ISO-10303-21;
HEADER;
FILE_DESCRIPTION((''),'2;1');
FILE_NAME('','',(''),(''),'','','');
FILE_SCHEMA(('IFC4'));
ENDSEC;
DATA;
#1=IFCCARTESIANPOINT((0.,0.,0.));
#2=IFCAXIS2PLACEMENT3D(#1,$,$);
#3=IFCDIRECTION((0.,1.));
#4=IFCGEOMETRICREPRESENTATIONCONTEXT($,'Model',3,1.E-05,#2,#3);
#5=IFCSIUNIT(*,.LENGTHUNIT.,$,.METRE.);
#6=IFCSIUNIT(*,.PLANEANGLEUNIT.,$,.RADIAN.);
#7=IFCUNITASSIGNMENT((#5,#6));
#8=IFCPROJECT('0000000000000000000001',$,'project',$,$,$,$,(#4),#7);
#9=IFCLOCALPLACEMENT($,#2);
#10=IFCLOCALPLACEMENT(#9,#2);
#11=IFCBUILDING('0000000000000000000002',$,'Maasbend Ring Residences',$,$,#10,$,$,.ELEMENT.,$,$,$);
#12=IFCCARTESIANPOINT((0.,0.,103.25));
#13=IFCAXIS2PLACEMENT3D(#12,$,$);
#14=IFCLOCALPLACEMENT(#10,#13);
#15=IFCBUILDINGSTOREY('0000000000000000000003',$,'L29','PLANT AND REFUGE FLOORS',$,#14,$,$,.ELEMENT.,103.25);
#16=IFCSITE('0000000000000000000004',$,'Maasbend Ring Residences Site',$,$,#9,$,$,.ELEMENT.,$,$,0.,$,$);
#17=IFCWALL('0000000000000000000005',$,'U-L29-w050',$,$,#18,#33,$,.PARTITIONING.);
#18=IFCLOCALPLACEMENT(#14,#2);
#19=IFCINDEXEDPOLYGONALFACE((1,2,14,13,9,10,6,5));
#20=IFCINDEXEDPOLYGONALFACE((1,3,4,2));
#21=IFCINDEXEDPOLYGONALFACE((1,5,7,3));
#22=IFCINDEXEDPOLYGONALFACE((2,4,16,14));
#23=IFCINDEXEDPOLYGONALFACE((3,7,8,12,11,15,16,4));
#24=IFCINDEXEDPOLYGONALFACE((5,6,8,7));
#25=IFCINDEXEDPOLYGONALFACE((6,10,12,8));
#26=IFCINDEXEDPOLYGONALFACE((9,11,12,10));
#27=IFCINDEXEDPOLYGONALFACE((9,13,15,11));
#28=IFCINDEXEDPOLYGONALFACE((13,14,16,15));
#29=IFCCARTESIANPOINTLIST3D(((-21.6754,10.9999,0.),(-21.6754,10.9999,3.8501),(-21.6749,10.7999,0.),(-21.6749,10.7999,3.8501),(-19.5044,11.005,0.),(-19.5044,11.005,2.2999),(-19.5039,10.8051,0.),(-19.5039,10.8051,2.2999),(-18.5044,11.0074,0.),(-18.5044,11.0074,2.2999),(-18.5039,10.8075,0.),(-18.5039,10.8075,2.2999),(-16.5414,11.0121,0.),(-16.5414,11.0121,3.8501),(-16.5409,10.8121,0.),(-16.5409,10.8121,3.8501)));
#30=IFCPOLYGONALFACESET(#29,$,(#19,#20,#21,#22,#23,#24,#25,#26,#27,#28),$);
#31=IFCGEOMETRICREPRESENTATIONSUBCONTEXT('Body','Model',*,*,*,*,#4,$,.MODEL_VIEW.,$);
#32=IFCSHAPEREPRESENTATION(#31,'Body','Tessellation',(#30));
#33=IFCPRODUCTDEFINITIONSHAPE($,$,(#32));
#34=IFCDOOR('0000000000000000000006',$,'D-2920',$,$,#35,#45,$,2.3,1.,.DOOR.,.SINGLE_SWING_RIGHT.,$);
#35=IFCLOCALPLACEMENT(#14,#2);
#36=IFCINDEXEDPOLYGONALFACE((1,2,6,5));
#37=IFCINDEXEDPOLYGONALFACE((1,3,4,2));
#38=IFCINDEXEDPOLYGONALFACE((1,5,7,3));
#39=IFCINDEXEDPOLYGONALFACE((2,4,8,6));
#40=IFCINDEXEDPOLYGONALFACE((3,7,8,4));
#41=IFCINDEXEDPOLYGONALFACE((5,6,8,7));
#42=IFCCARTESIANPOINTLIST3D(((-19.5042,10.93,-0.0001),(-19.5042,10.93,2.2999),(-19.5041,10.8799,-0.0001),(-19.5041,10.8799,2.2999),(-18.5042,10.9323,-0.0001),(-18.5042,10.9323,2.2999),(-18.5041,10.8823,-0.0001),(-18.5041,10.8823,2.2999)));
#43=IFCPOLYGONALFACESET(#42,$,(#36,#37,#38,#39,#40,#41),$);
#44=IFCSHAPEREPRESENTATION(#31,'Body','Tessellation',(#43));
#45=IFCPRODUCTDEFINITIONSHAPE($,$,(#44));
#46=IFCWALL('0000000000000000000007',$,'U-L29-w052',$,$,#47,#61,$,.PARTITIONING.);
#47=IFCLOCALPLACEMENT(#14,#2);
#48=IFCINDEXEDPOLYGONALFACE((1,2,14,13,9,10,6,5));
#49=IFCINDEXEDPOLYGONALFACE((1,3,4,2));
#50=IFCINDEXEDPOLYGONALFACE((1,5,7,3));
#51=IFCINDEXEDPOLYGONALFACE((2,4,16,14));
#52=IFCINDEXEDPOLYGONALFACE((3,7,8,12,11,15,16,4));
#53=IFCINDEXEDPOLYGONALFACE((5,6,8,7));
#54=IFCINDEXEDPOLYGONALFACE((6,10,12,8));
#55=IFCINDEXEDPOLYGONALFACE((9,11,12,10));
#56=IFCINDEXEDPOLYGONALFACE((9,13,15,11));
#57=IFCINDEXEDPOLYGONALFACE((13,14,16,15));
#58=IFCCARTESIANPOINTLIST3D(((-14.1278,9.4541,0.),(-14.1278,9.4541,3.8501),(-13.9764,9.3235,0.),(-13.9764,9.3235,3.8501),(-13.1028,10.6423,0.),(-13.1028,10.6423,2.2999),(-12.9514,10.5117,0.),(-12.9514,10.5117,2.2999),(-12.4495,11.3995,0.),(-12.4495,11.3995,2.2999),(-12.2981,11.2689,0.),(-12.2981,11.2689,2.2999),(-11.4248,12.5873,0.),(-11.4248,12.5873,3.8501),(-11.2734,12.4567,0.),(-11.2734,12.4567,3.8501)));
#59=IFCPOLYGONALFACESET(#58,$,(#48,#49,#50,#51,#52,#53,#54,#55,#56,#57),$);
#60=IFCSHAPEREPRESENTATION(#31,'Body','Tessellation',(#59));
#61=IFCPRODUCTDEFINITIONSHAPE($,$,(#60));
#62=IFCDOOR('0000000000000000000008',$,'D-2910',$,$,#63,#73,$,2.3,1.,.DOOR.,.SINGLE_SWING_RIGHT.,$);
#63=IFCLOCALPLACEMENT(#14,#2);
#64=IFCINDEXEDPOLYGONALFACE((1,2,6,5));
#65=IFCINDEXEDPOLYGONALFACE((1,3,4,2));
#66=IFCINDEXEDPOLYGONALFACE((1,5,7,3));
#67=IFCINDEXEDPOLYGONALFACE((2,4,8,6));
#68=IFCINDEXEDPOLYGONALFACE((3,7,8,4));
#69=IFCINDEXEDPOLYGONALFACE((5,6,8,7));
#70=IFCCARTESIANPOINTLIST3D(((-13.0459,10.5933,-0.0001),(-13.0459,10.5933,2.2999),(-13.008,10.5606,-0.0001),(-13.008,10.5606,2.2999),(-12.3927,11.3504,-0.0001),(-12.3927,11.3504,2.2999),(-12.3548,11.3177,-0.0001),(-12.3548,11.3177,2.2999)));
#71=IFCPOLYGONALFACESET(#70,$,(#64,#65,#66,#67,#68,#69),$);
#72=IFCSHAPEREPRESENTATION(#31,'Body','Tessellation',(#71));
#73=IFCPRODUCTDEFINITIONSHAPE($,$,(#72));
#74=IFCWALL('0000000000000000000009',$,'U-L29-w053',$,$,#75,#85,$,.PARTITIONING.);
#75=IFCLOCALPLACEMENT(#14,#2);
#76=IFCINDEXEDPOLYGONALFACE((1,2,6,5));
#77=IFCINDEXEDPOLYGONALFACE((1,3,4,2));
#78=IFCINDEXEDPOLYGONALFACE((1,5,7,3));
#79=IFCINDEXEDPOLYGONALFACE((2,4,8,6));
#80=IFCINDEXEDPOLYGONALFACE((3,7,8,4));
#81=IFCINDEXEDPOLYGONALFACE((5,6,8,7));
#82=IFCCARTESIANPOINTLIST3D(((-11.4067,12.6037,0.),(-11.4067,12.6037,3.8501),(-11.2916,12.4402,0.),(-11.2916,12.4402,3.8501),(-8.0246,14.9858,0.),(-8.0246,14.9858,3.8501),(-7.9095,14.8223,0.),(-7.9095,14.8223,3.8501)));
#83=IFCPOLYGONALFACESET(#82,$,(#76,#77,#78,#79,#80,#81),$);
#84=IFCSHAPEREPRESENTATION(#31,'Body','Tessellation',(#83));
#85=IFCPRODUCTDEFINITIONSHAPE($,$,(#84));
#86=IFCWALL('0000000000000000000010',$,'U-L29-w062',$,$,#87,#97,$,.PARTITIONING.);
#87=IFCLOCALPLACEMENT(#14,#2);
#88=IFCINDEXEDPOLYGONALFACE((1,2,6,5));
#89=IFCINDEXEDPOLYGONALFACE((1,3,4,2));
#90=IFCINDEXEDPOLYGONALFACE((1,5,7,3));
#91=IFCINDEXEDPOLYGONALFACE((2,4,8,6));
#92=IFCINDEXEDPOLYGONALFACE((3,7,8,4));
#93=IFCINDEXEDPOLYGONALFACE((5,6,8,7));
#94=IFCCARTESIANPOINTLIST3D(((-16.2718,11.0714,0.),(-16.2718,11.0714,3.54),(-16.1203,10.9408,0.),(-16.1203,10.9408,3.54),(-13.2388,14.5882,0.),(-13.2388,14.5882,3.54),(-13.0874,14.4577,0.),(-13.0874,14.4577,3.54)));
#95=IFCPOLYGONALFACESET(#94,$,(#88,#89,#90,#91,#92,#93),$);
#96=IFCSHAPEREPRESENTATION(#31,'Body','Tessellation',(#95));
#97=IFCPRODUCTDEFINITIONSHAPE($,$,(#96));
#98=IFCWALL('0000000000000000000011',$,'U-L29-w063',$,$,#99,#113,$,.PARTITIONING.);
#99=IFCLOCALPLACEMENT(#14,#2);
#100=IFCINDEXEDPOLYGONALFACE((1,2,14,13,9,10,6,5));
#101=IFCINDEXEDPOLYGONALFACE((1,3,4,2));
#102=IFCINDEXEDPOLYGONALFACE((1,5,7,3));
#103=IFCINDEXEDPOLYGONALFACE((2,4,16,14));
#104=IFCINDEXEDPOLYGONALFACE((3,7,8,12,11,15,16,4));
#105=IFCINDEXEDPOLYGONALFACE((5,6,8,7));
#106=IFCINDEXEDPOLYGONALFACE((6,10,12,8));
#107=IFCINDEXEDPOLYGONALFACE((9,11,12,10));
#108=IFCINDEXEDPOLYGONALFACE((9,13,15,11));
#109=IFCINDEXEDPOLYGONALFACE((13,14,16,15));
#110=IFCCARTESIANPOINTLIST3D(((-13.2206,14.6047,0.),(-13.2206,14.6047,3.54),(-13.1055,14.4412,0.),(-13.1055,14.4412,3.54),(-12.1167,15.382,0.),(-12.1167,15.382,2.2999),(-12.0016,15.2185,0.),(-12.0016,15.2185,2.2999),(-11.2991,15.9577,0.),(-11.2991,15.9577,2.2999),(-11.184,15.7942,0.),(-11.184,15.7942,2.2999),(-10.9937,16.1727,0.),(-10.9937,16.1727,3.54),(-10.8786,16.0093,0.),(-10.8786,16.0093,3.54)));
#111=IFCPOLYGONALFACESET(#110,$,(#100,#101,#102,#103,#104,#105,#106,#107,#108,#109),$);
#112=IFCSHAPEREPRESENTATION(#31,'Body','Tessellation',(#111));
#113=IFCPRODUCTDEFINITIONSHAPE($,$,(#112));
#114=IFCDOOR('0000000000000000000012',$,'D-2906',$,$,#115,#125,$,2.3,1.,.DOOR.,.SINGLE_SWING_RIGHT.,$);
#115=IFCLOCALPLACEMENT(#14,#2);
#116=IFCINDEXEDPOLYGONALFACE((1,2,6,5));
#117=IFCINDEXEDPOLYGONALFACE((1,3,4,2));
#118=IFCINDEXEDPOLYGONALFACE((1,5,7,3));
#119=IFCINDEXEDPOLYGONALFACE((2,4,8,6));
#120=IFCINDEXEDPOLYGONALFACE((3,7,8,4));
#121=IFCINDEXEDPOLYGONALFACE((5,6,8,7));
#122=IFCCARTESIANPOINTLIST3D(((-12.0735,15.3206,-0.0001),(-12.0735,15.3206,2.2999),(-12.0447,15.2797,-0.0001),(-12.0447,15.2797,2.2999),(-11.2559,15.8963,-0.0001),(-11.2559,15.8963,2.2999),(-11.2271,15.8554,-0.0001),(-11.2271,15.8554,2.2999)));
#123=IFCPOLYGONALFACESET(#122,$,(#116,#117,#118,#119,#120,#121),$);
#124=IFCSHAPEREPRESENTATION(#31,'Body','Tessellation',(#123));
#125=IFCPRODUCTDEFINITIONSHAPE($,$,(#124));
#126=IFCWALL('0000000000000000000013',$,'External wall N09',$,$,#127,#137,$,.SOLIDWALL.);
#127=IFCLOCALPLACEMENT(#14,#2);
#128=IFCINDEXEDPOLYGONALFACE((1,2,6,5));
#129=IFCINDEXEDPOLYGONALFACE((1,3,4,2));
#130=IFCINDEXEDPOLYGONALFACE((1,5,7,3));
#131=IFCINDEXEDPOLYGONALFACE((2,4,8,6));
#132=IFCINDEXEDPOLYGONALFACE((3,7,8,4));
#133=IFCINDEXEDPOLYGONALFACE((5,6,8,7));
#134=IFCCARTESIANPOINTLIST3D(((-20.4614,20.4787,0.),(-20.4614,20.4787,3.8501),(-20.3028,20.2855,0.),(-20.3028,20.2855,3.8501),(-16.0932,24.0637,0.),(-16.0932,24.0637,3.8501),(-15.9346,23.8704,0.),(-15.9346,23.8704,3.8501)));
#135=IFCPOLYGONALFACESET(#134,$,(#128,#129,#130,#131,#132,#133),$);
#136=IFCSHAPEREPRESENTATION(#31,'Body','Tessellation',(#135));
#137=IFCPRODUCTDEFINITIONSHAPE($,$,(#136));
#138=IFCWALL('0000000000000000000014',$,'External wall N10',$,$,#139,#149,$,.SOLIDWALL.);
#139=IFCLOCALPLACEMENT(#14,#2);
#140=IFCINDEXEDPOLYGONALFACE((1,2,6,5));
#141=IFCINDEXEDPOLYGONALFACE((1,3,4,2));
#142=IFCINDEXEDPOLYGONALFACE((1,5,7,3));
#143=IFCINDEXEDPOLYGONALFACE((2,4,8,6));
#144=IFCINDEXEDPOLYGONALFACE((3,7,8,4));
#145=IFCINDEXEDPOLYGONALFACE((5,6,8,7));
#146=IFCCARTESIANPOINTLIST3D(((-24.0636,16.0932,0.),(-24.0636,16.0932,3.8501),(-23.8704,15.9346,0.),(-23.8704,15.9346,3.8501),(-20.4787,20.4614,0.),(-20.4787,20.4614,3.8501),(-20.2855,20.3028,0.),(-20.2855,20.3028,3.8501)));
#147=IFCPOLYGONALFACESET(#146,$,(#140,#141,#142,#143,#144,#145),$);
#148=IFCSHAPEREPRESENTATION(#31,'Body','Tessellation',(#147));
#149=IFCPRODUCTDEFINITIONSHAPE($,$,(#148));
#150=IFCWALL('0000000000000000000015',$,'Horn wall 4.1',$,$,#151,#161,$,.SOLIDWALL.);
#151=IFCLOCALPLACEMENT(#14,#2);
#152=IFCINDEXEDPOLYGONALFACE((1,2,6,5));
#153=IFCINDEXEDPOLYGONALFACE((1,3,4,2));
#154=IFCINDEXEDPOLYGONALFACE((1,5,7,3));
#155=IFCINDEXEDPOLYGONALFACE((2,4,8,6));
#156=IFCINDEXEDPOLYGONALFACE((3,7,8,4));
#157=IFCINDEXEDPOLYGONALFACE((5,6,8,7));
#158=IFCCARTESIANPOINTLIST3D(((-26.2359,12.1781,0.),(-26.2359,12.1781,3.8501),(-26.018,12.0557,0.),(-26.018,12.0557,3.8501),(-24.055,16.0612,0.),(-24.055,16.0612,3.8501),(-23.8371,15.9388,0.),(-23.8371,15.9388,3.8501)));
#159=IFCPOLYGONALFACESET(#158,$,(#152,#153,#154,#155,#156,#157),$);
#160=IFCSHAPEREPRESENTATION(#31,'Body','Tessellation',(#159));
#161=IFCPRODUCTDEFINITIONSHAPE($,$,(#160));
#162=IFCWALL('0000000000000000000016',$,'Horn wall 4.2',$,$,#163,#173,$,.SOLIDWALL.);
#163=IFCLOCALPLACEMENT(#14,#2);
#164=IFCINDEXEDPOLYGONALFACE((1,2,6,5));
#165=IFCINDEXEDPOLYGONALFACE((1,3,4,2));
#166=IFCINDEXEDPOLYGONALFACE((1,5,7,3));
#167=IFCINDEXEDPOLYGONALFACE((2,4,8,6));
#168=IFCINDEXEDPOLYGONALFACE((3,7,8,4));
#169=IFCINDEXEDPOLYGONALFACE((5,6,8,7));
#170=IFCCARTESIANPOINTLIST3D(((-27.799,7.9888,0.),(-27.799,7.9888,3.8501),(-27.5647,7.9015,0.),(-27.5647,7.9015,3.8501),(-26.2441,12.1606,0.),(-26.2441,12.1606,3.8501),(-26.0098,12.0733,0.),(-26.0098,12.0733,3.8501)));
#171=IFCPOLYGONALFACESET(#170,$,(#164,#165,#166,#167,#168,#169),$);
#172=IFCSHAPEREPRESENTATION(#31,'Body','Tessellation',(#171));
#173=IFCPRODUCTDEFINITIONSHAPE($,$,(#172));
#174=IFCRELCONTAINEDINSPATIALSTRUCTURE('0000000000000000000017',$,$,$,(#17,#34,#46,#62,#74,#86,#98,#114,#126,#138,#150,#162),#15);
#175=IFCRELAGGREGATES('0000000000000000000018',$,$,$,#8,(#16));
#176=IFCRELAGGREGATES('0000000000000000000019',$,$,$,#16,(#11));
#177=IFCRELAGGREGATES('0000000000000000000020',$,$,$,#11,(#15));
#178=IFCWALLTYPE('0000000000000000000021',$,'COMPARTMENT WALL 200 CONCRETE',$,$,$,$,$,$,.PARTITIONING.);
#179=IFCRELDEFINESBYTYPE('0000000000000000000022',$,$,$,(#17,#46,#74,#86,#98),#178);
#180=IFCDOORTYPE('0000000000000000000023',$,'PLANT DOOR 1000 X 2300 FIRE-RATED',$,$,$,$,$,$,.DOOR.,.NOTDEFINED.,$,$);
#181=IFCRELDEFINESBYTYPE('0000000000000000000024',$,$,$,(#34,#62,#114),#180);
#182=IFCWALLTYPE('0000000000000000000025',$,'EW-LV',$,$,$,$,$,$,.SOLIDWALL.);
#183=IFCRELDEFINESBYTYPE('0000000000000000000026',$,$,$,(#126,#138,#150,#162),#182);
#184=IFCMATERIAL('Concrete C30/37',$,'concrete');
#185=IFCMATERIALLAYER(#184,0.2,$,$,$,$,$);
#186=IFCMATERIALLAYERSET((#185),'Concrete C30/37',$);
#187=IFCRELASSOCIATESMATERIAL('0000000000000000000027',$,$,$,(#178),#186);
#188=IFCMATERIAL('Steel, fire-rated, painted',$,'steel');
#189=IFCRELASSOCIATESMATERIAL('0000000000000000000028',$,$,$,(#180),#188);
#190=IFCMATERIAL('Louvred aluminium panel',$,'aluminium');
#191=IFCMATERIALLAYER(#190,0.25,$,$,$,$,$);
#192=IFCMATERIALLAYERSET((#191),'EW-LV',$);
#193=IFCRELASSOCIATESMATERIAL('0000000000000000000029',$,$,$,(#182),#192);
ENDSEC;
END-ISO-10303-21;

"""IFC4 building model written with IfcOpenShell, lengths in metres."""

from ifc_helpers import new_model, si_unit, direction, frame, frame_2d, origin, place, context, subcontext, project, spatial, rectangle, extrude, material, layer, layer_set, type_object, element, fill, save


model = new_model("IFC4")

# Units and contexts
model_context = context("Model", 3, precision=1e-05, world=origin(), true_north=direction((0.0, 1.0)))
body_context = subcontext(model_context, "Body", "Model", "MODEL_VIEW")
ifc_project = project(units=[si_unit("LENGTHUNIT", "METRE"), si_unit("PLANEANGLEUNIT", "RADIAN")], contexts=[model_context])

# Site, building, storey
site_placement = place(None, origin())
site = spatial("IfcSite", under=ifc_project, at=site_placement, Name="Maasbend Ring Residences Site", CompositionType="ELEMENT", RefElevation=0.0)
building_placement = place(site_placement, origin())
building = spatial("IfcBuilding", under=site, at=building_placement, Name="Maasbend Ring Residences", CompositionType="ELEMENT")
storey_placement = place(building_placement, frame((0.0, 0.0, 103.25)))
storey = spatial("IfcBuildingStorey", under=building, at=storey_placement, Name="L29", Description="PLANT AND REFUGE FLOORS", CompositionType="ELEMENT", Elevation=103.25)

# Shared definitions
ifc_material_1 = material(Name="Concrete C30/37", Category="concrete")
ifc_layer_1 = layer(ifc_material_1, 0.2)
ifc_layer_set_1 = layer_set([ifc_layer_1], Name="Concrete C30/37")
wall_type_1 = type_object("IfcWallType", Name="COMPARTMENT WALL 200 CONCRETE", PredefinedType="PARTITIONING", material=ifc_layer_set_1)

# Walls, openings, doors
wall_1_placement = place(storey_placement, frame((-21.675, 10.8999, 0.0), z_axis=(0.0, 0.0, 1.0), x_axis=(0.999997, 0.002378, 0.0)))
wall_1 = element("IfcWall", 1, at=wall_1_placement, inside=storey, type_object=wall_type_1, Name="U-L29-w050", PredefinedType="PARTITIONING", context=body_context, shape_type="SweptSolid", body=[
    extrude(rectangle(XDim=5.134, YDim=0.2, at=frame_2d((2.5669, 0.0))), origin(), (0.0, 0.0, 1.0), 3.8501),
])
opening_1_placement = place(wall_1_placement, frame((2.1709, 0.0, 0.0)))
opening_1 = element("IfcOpeningElement", 2, at=opening_1_placement, cuts=wall_1, PredefinedType="OPENING", context=body_context, shape_type="SweptSolid", body=[
    extrude(rectangle(XDim=1.0, YDim=2.3, at=frame_2d((0.5, 1.1499))), frame((0.0, 0.1099, 0.0), z_axis=(0.0, -1.0, 0.0), x_axis=(1.0, 0.0, 0.0)), (0.0, 0.0, 1.0), 0.22),
])
ifc_material_2 = material(Name="Steel, fire-rated, painted", Category="steel")
door_type = type_object("IfcDoorType", Name="PLANT DOOR 1000 X 2300 FIRE-RATED", OperationType="NOTDEFINED", PredefinedType="DOOR", material=ifc_material_2)
door_1_placement = place(opening_1_placement, origin())
door_1 = element("IfcDoor", 3, at=door_1_placement, inside=storey, type_object=door_type, Name="D-2920", OperationType="SINGLE_SWING_RIGHT", OverallHeight=2.3, OverallWidth=1.0, PredefinedType="DOOR", context=body_context, shape_type="SweptSolid", body=[
    extrude(rectangle(XDim=1.0, YDim=2.3, at=frame_2d((0.5, 1.1499))), frame((0.0, 0.0249, 0.0), z_axis=(0.0, -1.0, 0.0), x_axis=(1.0, 0.0, 0.0)), (0.0, 0.0, 1.0), 0.05),
])
fill(opening_1, door_1)
wall_2_placement = place(storey_placement, frame((-14.052, 9.3889, 0.0), z_axis=(0.0, 0.0, 1.0), x_axis=(0.653213, 0.757174, 0.0)))
wall_2 = element("IfcWall", 4, at=wall_2_placement, inside=storey, type_object=wall_type_1, Name="U-L29-w052", PredefinedType="PARTITIONING", context=body_context, shape_type="SweptSolid", body=[
    extrude(rectangle(XDim=4.1379, YDim=0.2, at=frame_2d((2.0688, 0.0))), origin(), (0.0, 0.0, 1.0), 3.8501),
])
opening_2_placement = place(wall_2_placement, frame((1.5691, 0.0, 0.0)))
opening_2 = element("IfcOpeningElement", 5, at=opening_2_placement, cuts=wall_2, PredefinedType="OPENING", context=body_context, shape_type="SweptSolid", body=[
    extrude(rectangle(XDim=1.0, YDim=2.3, at=frame_2d((0.5, 1.1499))), frame((0.0, 0.1099, 0.0), z_axis=(0.0, -1.0, 0.0), x_axis=(1.0, 0.0, 0.0)), (0.0, 0.0, 1.0), 0.22),
])
door_2_placement = place(opening_2_placement, origin())
door_2 = element("IfcDoor", 6, at=door_2_placement, inside=storey, type_object=door_type, Name="D-2910", OperationType="SINGLE_SWING_RIGHT", OverallHeight=2.3, OverallWidth=1.0, PredefinedType="DOOR", context=body_context, shape_type="SweptSolid", body=[
    extrude(rectangle(XDim=1.0, YDim=2.3, at=frame_2d((0.5, 1.1499))), frame((0.0, 0.0249, 0.0), z_axis=(0.0, -1.0, 0.0), x_axis=(1.0, 0.0, 0.0)), (0.0, 0.0, 1.0), 0.05),
])
fill(opening_2, door_2)

# Walls
wall_3_placement = place(storey_placement, frame((-11.3491, 12.522, 0.0), z_axis=(0.0, 0.0, 1.0), x_axis=(0.817568, 0.575833, 0.0)))
element("IfcWall", 7, at=wall_3_placement, inside=storey, type_object=wall_type_1, Name="U-L29-w053", PredefinedType="PARTITIONING", context=body_context, shape_type="SweptSolid", body=[
    extrude(rectangle(XDim=4.1367, YDim=0.2, at=frame_2d((2.0684, 0.0))), origin(), (0.0, 0.0, 1.0), 3.8501),
])
wall_4_placement = place(storey_placement, frame((-16.196, 11.0061, 0.0), z_axis=(0.0, 0.0, 1.0), x_axis=(0.653087, 0.757283, 0.0)))
element("IfcWall", 8, at=wall_4_placement, inside=storey, type_object=wall_type_1, Name="U-L29-w062", PredefinedType="PARTITIONING", context=body_context, shape_type="SweptSolid", body=[
    extrude(rectangle(XDim=4.644, YDim=0.2, at=frame_2d((2.322, 0.0))), origin(), (0.0, 0.0, 1.0), 3.54),
])

# Wall, opening, door
wall_5_placement = place(storey_placement, frame((-13.1631, 14.5229, 0.0), z_axis=(0.0, 0.0, 1.0), x_axis=(0.817645, 0.575722, 0.0)))
wall_5 = element("IfcWall", 9, at=wall_5_placement, inside=storey, type_object=wall_type_1, Name="U-L29-w063", PredefinedType="PARTITIONING", context=body_context, shape_type="SweptSolid", body=[
    extrude(rectangle(XDim=2.7236, YDim=0.2, at=frame_2d((1.3618, 0.0))), origin(), (0.0, 0.0, 1.0), 3.54),
])
opening_3_placement = place(wall_5_placement, frame((1.3501, 0.0, 0.0)))
opening_3 = element("IfcOpeningElement", 10, at=opening_3_placement, cuts=wall_5, PredefinedType="OPENING", context=body_context, shape_type="SweptSolid", body=[
    extrude(rectangle(XDim=1.0, YDim=2.3, at=frame_2d((0.5, 1.1499))), frame((0.0, 0.1099, 0.0), z_axis=(0.0, -1.0, 0.0), x_axis=(1.0, 0.0, 0.0)), (0.0, 0.0, 1.0), 0.22),
])
door_3_placement = place(opening_3_placement, origin())
door_3 = element("IfcDoor", 11, at=door_3_placement, inside=storey, type_object=door_type, Name="D-2906", OperationType="SINGLE_SWING_RIGHT", OverallHeight=2.3, OverallWidth=1.0, PredefinedType="DOOR", context=body_context, shape_type="SweptSolid", body=[
    extrude(rectangle(XDim=1.0, YDim=2.3, at=frame_2d((0.5, 1.1499))), frame((0.0, 0.0249, 0.0), z_axis=(0.0, -1.0, 0.0), x_axis=(1.0, 0.0, 0.0)), (0.0, 0.0, 1.0), 0.05),
])
fill(opening_3, door_3)

# Walls
ifc_material_3 = material(Name="Louvred aluminium panel", Category="aluminium")
ifc_layer_2 = layer(ifc_material_3, 0.25)
ifc_layer_set_2 = layer_set([ifc_layer_2], Name="EW-LV")
wall_type_2 = type_object("IfcWallType", Name="EW-LV", PredefinedType="SOLIDWALL", material=ifc_layer_set_2)
for number, where, z_axis, x_axis, name in (
    (12, (-16.0139, 23.967, 0.0), (0.0, 0.0, 1.0), (-0.773002, -0.634404, 0.0), "External wall N09"),
    (13, (-20.3821, 20.3821, 0.0), (0.0, 0.0, 1.0), (-0.634404, -0.773002, 0.0), "External wall N10"),
):
    element("IfcWall", number, at=place(storey_placement, frame(where, z_axis=z_axis, x_axis=x_axis)), inside=storey, type_object=wall_type_2, Name=name, PredefinedType="SOLIDWALL", context=body_context, shape_type="SweptSolid", body=[
        extrude(rectangle(XDim=5.6509, YDim=0.25, at=frame_2d((2.8254, 0.0))), origin(), (0.0, 0.0, 1.0), 3.8501),
    ])
wall_6_placement = place(storey_placement, frame((-23.946, 16.0, 0.0), z_axis=(0.0, 0.0, 1.0), x_axis=(-0.489696, -0.871893, 0.0)))
element("IfcWall", 14, at=wall_6_placement, inside=storey, type_object=wall_type_2, Name="Horn wall 4.1", PredefinedType="SOLIDWALL", context=body_context, shape_type="SweptSolid", body=[
    extrude(rectangle(XDim=4.4536, YDim=0.25, at=frame_2d((2.2268, 0.0))), origin(), (0.0, 0.0, 1.0), 3.8501),
])
wall_7_placement = place(storey_placement, frame((-26.127, 12.1169, 0.0), z_axis=(0.0, 0.0, 1.0), x_axis=(-0.349248, -0.93703, 0.0)))
element("IfcWall", 15, at=wall_7_placement, inside=storey, type_object=wall_type_2, Name="Horn wall 4.2", PredefinedType="SOLIDWALL", context=body_context, shape_type="SweptSolid", body=[
    extrude(rectangle(XDim=4.4521, YDim=0.25, at=frame_2d((2.2261, 0.0))), origin(), (0.0, 0.0, 1.0), 3.8501),
])

save(model, "model.ifc")
